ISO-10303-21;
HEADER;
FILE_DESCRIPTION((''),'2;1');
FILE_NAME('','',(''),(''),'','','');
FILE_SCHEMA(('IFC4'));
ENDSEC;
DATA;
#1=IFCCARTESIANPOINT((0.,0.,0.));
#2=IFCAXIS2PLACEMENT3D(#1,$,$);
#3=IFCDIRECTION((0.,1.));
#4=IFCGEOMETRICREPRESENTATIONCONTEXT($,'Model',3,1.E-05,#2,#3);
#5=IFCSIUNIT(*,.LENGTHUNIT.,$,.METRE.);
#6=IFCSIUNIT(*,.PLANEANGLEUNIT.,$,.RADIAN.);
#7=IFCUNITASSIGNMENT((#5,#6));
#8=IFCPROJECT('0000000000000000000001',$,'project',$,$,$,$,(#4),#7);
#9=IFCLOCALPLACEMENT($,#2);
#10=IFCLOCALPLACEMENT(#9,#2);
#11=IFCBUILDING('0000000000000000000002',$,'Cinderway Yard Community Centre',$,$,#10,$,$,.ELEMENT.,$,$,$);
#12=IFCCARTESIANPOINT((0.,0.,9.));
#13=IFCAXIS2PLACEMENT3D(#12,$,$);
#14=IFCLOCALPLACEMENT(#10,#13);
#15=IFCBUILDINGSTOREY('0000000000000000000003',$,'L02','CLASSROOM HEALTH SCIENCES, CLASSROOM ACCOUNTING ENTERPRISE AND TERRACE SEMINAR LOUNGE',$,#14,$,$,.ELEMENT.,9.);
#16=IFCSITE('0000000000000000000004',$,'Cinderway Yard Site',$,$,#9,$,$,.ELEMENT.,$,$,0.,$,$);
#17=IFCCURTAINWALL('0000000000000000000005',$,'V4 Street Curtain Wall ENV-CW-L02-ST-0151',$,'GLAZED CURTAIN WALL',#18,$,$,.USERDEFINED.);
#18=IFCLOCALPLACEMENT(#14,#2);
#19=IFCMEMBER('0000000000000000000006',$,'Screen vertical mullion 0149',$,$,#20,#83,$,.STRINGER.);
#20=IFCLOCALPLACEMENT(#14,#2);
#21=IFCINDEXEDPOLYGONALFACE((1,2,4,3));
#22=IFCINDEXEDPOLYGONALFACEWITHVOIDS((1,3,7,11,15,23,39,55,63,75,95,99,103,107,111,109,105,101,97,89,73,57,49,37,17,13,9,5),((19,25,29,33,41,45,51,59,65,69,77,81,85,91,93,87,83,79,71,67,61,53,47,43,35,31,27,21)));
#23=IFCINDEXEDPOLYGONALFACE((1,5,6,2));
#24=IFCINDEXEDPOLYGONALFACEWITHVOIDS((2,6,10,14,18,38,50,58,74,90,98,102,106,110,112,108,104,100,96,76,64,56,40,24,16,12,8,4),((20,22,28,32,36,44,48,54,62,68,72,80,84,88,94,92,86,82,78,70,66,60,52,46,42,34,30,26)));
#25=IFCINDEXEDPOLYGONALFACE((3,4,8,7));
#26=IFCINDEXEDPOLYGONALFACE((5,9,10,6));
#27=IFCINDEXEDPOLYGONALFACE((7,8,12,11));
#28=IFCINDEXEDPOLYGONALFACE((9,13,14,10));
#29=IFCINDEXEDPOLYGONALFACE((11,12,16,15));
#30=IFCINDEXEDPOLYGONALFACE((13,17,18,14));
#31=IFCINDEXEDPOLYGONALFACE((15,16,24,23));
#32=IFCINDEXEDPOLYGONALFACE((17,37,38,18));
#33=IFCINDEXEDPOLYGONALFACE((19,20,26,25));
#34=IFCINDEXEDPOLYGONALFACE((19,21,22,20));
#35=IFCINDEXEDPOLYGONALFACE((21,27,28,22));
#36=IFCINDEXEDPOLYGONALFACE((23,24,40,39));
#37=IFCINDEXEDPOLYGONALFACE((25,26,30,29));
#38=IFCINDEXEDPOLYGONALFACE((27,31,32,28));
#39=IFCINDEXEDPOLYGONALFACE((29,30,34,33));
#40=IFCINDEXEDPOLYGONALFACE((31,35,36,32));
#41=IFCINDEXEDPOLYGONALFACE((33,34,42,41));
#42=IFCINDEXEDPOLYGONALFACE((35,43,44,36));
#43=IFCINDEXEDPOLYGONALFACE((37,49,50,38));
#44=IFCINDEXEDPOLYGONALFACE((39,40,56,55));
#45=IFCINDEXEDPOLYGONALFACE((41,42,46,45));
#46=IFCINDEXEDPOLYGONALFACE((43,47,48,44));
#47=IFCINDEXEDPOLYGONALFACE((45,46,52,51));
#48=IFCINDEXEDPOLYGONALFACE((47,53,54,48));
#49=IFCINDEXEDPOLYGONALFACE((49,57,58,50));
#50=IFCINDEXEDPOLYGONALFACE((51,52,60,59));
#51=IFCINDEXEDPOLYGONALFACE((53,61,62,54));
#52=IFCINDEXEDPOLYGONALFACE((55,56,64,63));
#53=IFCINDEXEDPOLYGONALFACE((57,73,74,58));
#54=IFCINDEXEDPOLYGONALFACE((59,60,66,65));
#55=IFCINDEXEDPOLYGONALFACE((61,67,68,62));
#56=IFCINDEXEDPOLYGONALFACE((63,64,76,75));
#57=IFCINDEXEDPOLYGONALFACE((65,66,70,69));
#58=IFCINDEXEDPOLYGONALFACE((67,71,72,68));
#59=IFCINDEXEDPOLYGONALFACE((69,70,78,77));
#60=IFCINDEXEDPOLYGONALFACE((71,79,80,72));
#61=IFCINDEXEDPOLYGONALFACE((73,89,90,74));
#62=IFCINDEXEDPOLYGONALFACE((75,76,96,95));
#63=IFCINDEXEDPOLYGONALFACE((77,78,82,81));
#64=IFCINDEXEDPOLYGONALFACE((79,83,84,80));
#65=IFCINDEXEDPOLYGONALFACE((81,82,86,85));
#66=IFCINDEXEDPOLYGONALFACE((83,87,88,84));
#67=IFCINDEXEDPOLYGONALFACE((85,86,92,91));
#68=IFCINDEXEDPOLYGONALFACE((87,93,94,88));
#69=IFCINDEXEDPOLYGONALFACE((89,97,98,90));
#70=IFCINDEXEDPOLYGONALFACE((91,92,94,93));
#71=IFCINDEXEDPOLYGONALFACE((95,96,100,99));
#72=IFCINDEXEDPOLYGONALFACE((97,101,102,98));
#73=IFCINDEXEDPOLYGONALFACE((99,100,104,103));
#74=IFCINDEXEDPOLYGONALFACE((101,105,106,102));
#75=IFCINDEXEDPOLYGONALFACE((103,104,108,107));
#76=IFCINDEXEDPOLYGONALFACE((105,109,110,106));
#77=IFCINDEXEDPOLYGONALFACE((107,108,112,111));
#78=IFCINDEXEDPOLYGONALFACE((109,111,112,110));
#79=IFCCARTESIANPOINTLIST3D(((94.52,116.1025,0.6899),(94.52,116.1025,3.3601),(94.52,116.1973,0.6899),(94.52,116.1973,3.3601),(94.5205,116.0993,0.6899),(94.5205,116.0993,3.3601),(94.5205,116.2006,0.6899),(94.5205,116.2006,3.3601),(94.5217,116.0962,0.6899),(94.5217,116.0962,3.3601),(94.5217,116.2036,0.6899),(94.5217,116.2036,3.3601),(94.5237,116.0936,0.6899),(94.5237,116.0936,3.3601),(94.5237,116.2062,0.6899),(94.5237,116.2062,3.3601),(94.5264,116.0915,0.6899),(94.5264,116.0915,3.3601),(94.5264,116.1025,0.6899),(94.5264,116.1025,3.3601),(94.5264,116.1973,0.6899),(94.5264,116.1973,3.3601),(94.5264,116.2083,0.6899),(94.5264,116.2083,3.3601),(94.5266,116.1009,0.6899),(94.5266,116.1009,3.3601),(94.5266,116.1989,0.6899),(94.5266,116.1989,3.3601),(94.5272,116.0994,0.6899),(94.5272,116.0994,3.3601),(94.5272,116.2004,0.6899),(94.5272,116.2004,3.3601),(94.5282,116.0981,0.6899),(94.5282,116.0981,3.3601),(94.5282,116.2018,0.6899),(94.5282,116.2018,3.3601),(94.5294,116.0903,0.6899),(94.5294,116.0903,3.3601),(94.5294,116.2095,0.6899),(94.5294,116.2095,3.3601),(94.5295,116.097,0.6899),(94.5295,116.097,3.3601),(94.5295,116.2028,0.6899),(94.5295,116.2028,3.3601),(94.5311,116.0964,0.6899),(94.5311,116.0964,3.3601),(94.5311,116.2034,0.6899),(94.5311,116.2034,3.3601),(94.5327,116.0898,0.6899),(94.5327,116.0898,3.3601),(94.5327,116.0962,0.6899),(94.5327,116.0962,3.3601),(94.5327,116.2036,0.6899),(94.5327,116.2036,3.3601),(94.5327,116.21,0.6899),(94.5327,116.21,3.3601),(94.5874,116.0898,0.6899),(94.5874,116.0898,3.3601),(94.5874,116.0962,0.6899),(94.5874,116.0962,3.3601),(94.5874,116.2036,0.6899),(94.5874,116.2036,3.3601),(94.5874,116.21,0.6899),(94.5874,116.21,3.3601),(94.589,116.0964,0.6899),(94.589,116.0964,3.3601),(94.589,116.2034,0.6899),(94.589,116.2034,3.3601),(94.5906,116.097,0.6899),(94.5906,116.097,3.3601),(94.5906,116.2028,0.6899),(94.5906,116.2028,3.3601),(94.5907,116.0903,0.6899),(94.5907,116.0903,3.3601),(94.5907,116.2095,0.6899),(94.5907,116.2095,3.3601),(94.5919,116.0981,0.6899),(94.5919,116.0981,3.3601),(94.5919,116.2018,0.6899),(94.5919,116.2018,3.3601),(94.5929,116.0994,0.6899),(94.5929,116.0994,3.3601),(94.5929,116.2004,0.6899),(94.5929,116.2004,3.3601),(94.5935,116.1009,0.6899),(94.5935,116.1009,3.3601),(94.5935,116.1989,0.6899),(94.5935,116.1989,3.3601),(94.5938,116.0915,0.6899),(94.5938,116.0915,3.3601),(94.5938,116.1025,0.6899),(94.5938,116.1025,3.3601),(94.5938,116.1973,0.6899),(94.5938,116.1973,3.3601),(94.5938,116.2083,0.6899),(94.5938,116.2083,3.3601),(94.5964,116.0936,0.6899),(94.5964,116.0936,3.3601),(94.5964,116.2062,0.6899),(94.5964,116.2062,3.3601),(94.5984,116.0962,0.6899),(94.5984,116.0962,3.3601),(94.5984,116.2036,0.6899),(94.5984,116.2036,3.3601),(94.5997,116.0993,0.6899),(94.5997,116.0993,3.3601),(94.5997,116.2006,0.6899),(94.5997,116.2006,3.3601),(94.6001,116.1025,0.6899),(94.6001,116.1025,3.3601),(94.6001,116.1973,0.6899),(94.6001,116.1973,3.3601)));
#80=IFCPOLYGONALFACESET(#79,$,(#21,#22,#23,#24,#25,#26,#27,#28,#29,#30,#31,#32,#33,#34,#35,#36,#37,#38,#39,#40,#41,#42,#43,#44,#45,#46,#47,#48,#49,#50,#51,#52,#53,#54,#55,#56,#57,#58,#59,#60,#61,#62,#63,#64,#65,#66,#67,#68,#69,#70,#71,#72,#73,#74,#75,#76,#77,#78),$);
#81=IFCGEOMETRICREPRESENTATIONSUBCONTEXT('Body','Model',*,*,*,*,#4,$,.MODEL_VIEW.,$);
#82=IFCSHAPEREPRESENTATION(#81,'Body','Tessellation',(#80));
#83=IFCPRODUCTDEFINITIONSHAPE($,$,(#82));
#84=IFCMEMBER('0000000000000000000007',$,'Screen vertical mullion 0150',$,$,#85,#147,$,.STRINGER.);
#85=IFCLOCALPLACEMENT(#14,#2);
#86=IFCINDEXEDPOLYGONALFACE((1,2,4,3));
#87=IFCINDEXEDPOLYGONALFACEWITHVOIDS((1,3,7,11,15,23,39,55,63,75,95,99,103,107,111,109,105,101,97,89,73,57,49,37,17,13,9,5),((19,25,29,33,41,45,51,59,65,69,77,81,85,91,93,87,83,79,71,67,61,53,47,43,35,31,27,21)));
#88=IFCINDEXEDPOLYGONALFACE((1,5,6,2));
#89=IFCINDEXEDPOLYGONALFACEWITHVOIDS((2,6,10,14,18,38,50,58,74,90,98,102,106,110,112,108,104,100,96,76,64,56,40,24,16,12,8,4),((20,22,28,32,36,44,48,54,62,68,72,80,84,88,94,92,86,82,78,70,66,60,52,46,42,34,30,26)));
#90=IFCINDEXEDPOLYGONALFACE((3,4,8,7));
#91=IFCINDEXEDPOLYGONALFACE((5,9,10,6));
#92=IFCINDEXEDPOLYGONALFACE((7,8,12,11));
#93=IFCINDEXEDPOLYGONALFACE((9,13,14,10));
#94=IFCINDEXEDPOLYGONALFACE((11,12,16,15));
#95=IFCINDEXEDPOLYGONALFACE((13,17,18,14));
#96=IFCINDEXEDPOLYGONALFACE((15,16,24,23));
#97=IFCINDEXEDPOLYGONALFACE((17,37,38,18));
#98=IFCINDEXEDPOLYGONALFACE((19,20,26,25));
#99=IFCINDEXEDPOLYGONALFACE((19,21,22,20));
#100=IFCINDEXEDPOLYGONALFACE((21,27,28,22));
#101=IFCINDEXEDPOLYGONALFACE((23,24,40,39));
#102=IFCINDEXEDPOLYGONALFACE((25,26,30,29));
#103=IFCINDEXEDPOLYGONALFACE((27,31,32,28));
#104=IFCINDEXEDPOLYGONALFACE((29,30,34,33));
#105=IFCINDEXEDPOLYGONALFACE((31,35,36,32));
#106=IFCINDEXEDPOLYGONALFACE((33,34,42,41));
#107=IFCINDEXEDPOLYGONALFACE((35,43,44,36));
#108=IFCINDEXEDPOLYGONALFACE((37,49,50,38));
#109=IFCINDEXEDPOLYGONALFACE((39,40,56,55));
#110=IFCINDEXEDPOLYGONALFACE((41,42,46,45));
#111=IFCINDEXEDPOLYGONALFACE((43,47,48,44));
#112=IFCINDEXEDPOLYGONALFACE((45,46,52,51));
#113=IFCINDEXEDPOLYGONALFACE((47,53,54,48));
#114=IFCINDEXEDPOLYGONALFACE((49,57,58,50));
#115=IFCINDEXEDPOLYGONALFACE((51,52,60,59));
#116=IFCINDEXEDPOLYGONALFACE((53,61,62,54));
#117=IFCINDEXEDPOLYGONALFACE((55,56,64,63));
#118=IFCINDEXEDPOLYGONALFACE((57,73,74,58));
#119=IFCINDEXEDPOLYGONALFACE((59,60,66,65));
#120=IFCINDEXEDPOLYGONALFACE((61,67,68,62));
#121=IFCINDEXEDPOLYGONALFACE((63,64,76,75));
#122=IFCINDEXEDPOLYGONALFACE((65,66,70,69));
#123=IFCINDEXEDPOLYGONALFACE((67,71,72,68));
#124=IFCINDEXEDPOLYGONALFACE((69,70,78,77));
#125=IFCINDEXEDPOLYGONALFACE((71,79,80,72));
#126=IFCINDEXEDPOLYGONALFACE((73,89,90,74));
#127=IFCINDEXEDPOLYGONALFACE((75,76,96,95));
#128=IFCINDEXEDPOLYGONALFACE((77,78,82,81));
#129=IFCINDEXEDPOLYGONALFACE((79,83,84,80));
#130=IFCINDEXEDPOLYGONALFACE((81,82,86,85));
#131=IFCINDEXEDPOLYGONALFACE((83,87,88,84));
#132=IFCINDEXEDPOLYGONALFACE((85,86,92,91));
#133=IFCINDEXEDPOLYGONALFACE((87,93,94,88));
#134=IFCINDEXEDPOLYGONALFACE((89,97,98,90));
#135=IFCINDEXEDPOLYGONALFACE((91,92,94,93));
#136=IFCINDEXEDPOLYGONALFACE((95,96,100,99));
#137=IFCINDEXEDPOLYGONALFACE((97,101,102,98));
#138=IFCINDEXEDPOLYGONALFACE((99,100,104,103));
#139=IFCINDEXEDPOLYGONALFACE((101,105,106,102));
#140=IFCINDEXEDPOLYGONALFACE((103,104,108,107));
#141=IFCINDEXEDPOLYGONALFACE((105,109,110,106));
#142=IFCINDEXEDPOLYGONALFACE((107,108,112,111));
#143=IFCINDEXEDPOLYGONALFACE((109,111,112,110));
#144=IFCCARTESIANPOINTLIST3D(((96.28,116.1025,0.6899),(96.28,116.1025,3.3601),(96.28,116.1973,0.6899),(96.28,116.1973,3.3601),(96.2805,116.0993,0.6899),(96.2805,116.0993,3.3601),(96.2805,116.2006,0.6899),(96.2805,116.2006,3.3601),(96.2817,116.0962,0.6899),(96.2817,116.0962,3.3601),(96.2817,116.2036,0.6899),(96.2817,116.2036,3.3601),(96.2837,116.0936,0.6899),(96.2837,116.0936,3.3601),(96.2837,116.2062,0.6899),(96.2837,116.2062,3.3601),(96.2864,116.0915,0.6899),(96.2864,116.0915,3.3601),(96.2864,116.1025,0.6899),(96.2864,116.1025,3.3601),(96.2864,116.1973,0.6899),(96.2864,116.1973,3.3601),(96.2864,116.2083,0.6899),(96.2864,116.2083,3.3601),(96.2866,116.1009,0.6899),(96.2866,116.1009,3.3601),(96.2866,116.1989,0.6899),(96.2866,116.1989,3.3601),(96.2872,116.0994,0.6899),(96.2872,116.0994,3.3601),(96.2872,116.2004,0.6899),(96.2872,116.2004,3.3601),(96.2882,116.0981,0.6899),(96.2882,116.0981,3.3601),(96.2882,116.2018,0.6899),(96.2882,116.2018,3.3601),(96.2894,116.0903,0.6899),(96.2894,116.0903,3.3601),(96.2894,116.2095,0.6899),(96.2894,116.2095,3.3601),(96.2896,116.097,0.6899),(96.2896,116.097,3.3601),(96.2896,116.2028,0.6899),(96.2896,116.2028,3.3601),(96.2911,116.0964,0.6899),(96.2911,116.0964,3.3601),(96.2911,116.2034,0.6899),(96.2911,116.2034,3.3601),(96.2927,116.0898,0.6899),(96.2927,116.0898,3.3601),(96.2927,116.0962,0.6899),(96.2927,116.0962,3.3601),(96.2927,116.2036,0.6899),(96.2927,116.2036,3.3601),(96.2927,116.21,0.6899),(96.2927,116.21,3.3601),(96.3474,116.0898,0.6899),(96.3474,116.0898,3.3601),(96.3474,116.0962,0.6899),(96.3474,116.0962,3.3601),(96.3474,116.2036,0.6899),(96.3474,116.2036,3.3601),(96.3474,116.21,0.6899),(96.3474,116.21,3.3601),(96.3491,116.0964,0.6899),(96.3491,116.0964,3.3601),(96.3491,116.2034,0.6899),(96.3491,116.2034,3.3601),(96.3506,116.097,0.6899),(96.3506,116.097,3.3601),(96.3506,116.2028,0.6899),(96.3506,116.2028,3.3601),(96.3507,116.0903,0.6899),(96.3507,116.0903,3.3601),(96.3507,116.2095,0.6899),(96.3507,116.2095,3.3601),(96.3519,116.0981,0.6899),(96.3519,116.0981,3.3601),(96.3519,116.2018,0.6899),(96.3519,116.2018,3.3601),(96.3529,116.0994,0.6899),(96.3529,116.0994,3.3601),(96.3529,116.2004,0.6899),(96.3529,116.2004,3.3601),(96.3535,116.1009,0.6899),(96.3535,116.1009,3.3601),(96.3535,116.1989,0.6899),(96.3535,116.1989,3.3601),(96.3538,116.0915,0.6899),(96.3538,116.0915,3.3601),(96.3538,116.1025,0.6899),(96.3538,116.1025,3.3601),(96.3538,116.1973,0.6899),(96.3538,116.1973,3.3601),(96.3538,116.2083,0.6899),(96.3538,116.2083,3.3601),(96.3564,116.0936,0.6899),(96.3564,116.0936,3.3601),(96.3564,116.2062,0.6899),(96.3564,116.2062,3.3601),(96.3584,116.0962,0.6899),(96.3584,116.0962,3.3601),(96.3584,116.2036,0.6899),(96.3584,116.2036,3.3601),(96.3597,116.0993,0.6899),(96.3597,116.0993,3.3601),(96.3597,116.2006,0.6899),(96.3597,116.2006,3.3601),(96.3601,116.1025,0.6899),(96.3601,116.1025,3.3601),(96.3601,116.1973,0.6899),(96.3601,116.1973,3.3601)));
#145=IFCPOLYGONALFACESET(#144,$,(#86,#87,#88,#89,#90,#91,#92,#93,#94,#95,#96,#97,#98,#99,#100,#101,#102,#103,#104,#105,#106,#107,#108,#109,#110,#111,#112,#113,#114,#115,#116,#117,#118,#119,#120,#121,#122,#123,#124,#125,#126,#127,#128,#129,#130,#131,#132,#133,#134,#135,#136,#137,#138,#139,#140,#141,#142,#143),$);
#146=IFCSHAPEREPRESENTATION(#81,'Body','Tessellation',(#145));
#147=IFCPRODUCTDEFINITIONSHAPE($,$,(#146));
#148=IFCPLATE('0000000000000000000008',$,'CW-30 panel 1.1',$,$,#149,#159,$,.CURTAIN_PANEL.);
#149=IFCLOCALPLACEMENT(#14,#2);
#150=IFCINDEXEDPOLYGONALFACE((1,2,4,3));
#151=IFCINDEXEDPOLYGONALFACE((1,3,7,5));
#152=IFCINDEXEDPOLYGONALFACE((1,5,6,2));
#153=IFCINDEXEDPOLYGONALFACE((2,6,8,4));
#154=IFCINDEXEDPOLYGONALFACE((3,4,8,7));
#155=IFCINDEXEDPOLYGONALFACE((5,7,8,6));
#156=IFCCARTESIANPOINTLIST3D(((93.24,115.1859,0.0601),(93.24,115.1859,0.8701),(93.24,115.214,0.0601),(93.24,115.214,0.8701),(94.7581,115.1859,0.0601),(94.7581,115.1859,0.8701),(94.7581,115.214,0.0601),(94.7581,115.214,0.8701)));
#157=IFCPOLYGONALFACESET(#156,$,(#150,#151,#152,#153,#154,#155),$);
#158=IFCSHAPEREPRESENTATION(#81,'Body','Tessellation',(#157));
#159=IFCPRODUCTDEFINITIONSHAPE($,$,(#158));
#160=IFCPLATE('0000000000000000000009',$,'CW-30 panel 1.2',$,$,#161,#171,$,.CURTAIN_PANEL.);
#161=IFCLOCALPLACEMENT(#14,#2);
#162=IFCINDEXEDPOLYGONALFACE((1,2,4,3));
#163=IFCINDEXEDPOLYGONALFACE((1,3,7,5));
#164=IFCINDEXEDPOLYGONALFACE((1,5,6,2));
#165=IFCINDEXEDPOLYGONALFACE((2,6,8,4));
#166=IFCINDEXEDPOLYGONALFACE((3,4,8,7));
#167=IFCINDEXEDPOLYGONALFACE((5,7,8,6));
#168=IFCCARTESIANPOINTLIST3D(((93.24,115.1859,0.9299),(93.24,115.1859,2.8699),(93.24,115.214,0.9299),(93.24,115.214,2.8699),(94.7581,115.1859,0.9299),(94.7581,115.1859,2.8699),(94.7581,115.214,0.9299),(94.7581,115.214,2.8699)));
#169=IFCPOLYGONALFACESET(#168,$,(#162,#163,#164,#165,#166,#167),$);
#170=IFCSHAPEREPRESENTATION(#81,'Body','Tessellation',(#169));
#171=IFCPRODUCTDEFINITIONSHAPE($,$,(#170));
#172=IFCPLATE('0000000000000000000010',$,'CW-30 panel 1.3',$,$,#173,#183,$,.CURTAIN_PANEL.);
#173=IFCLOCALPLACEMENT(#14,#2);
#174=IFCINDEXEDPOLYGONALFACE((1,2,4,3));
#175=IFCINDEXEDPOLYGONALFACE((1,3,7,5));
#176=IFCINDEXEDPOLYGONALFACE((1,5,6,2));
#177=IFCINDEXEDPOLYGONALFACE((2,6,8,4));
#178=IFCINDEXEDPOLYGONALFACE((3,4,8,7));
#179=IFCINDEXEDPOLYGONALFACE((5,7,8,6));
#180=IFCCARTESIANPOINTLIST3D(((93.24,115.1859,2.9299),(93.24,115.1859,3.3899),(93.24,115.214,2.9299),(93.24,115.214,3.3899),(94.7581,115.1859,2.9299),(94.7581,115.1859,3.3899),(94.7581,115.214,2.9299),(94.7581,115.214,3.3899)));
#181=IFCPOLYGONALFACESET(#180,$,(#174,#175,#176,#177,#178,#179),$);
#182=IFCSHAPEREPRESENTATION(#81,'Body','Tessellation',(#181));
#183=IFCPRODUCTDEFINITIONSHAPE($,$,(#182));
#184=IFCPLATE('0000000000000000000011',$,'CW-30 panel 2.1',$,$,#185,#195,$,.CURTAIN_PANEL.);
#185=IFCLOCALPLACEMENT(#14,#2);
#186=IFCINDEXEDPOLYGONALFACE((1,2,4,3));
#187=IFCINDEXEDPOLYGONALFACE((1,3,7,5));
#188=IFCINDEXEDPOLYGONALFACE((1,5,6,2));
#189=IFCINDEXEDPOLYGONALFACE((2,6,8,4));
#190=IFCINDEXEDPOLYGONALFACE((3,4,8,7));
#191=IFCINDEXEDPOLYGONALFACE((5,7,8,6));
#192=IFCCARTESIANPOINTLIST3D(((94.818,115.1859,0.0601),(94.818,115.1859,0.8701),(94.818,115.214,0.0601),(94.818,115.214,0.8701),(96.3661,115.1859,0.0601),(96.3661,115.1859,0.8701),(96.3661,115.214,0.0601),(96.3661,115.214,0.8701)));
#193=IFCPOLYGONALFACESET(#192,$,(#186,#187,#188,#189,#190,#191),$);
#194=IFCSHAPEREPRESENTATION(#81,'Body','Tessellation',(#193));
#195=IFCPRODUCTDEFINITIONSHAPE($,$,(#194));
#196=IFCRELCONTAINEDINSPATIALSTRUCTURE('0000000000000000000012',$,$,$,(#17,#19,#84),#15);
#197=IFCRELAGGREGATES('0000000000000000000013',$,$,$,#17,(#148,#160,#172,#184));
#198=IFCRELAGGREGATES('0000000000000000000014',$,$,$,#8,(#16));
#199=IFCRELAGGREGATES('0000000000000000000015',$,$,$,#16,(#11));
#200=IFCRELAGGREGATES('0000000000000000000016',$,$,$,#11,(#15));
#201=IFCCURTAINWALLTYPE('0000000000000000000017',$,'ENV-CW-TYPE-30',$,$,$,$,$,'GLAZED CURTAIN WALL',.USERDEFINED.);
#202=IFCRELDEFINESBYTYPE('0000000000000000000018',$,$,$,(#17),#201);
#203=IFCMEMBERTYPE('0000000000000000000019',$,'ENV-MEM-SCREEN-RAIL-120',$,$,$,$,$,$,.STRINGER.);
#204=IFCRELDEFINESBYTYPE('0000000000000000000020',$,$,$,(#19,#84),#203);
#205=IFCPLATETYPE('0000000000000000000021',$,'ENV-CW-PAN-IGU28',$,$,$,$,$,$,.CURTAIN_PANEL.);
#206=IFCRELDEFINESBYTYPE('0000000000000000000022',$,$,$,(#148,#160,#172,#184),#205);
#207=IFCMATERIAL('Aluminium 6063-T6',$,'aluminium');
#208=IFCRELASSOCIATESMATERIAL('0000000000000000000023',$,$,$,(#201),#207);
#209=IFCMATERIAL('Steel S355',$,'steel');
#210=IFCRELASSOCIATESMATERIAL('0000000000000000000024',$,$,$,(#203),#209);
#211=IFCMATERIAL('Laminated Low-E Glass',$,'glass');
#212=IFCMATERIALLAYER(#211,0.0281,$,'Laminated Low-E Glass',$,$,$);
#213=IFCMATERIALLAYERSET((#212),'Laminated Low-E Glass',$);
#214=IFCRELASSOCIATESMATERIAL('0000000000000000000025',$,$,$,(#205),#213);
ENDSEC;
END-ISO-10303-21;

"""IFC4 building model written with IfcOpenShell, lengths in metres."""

from ifc_helpers import new_model, si_unit, direction, frame, origin, origin_2d, place, context, subcontext, project, spatial, rectangle, hollow_rectangle, extrude, material, layer, layer_set, material_profile, profile_set, type_object, element, aggregate, save


model = new_model("IFC4")

# Units and contexts
model_context = context("Model", 3, precision=1e-05, world=origin(), true_north=direction((0.0, 1.0)))
body_context = subcontext(model_context, "Body", "Model", "MODEL_VIEW")
ifc_project = project(units=[si_unit("LENGTHUNIT", "METRE"), si_unit("PLANEANGLEUNIT", "RADIAN")], contexts=[model_context])

# Site, building, storey
site_placement = place(None, origin())
site = spatial("IfcSite", under=ifc_project, at=site_placement, Name="Cinderway Yard Site", CompositionType="ELEMENT", RefElevation=0.0)
building_placement = place(site_placement, origin())
building = spatial("IfcBuilding", under=site, at=building_placement, Name="Cinderway Yard Community Centre", CompositionType="ELEMENT")
storey_placement = place(building_placement, frame((0.0, 0.0, 9.0)))
storey = spatial("IfcBuildingStorey", under=building, at=storey_placement, Name="L02", Description="CLASSROOM HEALTH SCIENCES, CLASSROOM ACCOUNTING ENTERPRISE AND TERRACE SEMINAR LOUNGE", CompositionType="ELEMENT", Elevation=9.0)

# Curtain wall
ifc_material_1 = material(Name="Aluminium 6063-T6", Category="aluminium")
curtain_wall_type = type_object("IfcCurtainWallType", Name="ENV-CW-TYPE-30", ElementType="GLAZED CURTAIN WALL", PredefinedType="USERDEFINED", material=ifc_material_1)
curtain_wall_placement = place(storey_placement, origin())
curtain_wall = element("IfcCurtainWall", 1, at=curtain_wall_placement, inside=storey, type_object=curtain_wall_type, Name="V4 Street Curtain Wall ENV-CW-L02-ST-0151", ObjectType="GLAZED CURTAIN WALL", PredefinedType="USERDEFINED")

# Members
ifc_material_2 = material(Name="Steel S355", Category="steel")
ifc_material_profile_1 = material_profile(ifc_material_2, hollow_rectangle(XDim=0.0801, YDim=0.1201, WallThickness=0.0063, InnerFilletRadius=0.0063, OuterFilletRadius=0.0127, at=origin_2d()), Name="Steel S355")
ifc_profile_set_1 = profile_set([ifc_material_profile_1], Name="Steel S355")
member_type_1 = type_object("IfcMemberType", Name="ENV-MEM-SCREEN-RAIL-120", PredefinedType="STRINGER", material=ifc_profile_set_1)
for number, where, z_axis, x_axis, name in (
    (2, (94.5601, 116.1499, 0.6899), (0.0, 0.0, 1.0), (1.0, 0.0, 0.0), "Screen vertical mullion 0149"),
    (3, (96.3201, 116.1499, 0.6899), (0.0, 0.0, 1.0), (1.0, 0.0, 0.0), "Screen vertical mullion 0150"),
):
    element("IfcMember", number, at=place(storey_placement, frame(where, z_axis=z_axis, x_axis=x_axis)), inside=storey, type_object=member_type_1, Name=name, PredefinedType="STRINGER", context=body_context, shape_type="SweptSolid", body=[
        extrude(hollow_rectangle(XDim=0.0801, YDim=0.1201, WallThickness=0.0063, InnerFilletRadius=0.0063, OuterFilletRadius=0.0127, at=origin_2d()), origin(), (0.0, 0.0, 1.0), 2.6702),
    ])

# Plates
ifc_material_3 = material(Name="Laminated Low-E Glass", Category="glass")
ifc_layer_1 = layer(ifc_material_3, 0.0281, Name="Laminated Low-E Glass")
ifc_layer_set_1 = layer_set([ifc_layer_1], Name="Laminated Low-E Glass")
plate_type = type_object("IfcPlateType", Name="ENV-CW-PAN-IGU28", PredefinedType="CURTAIN_PANEL", material=ifc_layer_set_1)
plate_1_placement = place(storey_placement, frame((93.999, 115.2, 0.0601), z_axis=(0.0, 0.0, 1.0), x_axis=(1.0, 0.0, 0.0)))
plate_1 = element("IfcPlate", 4, at=plate_1_placement, type_object=plate_type, Name="CW-30 panel 1.1", PredefinedType="CURTAIN_PANEL", context=body_context, shape_type="SweptSolid", body=[
    extrude(rectangle(XDim=1.5181, YDim=0.0281, at=origin_2d()), origin(), (0.0, 0.0, 1.0), 0.8101),
])
plate_2_placement = place(storey_placement, frame((93.999, 115.2, 0.9299), z_axis=(0.0, 0.0, 1.0), x_axis=(1.0, 0.0, 0.0)))
plate_2 = element("IfcPlate", 5, at=plate_2_placement, type_object=plate_type, Name="CW-30 panel 1.2", PredefinedType="CURTAIN_PANEL", context=body_context, shape_type="SweptSolid", body=[
    extrude(rectangle(XDim=1.5181, YDim=0.0281, at=origin_2d()), origin(), (0.0, 0.0, 1.0), 1.9399),
])
plate_3_placement = place(storey_placement, frame((93.999, 115.2, 2.9299), z_axis=(0.0, 0.0, 1.0), x_axis=(1.0, 0.0, 0.0)))
plate_3 = element("IfcPlate", 6, at=plate_3_placement, type_object=plate_type, Name="CW-30 panel 1.3", PredefinedType="CURTAIN_PANEL", context=body_context, shape_type="SweptSolid", body=[
    extrude(rectangle(XDim=1.5181, YDim=0.0281, at=origin_2d()), origin(), (0.0, 0.0, 1.0), 0.46),
])
plate_4_placement = place(storey_placement, frame((95.592, 115.2, 0.0601), z_axis=(0.0, 0.0, 1.0), x_axis=(1.0, 0.0, 0.0)))
plate_4 = element("IfcPlate", 7, at=plate_4_placement, type_object=plate_type, Name="CW-30 panel 2.1", PredefinedType="CURTAIN_PANEL", context=body_context, shape_type="SweptSolid", body=[
    extrude(rectangle(XDim=1.5481, YDim=0.0281, at=origin_2d()), origin(), (0.0, 0.0, 1.0), 0.8101),
])
aggregate(curtain_wall, [plate_1, plate_2, plate_3, plate_4])

save(model, "model.ifc")
